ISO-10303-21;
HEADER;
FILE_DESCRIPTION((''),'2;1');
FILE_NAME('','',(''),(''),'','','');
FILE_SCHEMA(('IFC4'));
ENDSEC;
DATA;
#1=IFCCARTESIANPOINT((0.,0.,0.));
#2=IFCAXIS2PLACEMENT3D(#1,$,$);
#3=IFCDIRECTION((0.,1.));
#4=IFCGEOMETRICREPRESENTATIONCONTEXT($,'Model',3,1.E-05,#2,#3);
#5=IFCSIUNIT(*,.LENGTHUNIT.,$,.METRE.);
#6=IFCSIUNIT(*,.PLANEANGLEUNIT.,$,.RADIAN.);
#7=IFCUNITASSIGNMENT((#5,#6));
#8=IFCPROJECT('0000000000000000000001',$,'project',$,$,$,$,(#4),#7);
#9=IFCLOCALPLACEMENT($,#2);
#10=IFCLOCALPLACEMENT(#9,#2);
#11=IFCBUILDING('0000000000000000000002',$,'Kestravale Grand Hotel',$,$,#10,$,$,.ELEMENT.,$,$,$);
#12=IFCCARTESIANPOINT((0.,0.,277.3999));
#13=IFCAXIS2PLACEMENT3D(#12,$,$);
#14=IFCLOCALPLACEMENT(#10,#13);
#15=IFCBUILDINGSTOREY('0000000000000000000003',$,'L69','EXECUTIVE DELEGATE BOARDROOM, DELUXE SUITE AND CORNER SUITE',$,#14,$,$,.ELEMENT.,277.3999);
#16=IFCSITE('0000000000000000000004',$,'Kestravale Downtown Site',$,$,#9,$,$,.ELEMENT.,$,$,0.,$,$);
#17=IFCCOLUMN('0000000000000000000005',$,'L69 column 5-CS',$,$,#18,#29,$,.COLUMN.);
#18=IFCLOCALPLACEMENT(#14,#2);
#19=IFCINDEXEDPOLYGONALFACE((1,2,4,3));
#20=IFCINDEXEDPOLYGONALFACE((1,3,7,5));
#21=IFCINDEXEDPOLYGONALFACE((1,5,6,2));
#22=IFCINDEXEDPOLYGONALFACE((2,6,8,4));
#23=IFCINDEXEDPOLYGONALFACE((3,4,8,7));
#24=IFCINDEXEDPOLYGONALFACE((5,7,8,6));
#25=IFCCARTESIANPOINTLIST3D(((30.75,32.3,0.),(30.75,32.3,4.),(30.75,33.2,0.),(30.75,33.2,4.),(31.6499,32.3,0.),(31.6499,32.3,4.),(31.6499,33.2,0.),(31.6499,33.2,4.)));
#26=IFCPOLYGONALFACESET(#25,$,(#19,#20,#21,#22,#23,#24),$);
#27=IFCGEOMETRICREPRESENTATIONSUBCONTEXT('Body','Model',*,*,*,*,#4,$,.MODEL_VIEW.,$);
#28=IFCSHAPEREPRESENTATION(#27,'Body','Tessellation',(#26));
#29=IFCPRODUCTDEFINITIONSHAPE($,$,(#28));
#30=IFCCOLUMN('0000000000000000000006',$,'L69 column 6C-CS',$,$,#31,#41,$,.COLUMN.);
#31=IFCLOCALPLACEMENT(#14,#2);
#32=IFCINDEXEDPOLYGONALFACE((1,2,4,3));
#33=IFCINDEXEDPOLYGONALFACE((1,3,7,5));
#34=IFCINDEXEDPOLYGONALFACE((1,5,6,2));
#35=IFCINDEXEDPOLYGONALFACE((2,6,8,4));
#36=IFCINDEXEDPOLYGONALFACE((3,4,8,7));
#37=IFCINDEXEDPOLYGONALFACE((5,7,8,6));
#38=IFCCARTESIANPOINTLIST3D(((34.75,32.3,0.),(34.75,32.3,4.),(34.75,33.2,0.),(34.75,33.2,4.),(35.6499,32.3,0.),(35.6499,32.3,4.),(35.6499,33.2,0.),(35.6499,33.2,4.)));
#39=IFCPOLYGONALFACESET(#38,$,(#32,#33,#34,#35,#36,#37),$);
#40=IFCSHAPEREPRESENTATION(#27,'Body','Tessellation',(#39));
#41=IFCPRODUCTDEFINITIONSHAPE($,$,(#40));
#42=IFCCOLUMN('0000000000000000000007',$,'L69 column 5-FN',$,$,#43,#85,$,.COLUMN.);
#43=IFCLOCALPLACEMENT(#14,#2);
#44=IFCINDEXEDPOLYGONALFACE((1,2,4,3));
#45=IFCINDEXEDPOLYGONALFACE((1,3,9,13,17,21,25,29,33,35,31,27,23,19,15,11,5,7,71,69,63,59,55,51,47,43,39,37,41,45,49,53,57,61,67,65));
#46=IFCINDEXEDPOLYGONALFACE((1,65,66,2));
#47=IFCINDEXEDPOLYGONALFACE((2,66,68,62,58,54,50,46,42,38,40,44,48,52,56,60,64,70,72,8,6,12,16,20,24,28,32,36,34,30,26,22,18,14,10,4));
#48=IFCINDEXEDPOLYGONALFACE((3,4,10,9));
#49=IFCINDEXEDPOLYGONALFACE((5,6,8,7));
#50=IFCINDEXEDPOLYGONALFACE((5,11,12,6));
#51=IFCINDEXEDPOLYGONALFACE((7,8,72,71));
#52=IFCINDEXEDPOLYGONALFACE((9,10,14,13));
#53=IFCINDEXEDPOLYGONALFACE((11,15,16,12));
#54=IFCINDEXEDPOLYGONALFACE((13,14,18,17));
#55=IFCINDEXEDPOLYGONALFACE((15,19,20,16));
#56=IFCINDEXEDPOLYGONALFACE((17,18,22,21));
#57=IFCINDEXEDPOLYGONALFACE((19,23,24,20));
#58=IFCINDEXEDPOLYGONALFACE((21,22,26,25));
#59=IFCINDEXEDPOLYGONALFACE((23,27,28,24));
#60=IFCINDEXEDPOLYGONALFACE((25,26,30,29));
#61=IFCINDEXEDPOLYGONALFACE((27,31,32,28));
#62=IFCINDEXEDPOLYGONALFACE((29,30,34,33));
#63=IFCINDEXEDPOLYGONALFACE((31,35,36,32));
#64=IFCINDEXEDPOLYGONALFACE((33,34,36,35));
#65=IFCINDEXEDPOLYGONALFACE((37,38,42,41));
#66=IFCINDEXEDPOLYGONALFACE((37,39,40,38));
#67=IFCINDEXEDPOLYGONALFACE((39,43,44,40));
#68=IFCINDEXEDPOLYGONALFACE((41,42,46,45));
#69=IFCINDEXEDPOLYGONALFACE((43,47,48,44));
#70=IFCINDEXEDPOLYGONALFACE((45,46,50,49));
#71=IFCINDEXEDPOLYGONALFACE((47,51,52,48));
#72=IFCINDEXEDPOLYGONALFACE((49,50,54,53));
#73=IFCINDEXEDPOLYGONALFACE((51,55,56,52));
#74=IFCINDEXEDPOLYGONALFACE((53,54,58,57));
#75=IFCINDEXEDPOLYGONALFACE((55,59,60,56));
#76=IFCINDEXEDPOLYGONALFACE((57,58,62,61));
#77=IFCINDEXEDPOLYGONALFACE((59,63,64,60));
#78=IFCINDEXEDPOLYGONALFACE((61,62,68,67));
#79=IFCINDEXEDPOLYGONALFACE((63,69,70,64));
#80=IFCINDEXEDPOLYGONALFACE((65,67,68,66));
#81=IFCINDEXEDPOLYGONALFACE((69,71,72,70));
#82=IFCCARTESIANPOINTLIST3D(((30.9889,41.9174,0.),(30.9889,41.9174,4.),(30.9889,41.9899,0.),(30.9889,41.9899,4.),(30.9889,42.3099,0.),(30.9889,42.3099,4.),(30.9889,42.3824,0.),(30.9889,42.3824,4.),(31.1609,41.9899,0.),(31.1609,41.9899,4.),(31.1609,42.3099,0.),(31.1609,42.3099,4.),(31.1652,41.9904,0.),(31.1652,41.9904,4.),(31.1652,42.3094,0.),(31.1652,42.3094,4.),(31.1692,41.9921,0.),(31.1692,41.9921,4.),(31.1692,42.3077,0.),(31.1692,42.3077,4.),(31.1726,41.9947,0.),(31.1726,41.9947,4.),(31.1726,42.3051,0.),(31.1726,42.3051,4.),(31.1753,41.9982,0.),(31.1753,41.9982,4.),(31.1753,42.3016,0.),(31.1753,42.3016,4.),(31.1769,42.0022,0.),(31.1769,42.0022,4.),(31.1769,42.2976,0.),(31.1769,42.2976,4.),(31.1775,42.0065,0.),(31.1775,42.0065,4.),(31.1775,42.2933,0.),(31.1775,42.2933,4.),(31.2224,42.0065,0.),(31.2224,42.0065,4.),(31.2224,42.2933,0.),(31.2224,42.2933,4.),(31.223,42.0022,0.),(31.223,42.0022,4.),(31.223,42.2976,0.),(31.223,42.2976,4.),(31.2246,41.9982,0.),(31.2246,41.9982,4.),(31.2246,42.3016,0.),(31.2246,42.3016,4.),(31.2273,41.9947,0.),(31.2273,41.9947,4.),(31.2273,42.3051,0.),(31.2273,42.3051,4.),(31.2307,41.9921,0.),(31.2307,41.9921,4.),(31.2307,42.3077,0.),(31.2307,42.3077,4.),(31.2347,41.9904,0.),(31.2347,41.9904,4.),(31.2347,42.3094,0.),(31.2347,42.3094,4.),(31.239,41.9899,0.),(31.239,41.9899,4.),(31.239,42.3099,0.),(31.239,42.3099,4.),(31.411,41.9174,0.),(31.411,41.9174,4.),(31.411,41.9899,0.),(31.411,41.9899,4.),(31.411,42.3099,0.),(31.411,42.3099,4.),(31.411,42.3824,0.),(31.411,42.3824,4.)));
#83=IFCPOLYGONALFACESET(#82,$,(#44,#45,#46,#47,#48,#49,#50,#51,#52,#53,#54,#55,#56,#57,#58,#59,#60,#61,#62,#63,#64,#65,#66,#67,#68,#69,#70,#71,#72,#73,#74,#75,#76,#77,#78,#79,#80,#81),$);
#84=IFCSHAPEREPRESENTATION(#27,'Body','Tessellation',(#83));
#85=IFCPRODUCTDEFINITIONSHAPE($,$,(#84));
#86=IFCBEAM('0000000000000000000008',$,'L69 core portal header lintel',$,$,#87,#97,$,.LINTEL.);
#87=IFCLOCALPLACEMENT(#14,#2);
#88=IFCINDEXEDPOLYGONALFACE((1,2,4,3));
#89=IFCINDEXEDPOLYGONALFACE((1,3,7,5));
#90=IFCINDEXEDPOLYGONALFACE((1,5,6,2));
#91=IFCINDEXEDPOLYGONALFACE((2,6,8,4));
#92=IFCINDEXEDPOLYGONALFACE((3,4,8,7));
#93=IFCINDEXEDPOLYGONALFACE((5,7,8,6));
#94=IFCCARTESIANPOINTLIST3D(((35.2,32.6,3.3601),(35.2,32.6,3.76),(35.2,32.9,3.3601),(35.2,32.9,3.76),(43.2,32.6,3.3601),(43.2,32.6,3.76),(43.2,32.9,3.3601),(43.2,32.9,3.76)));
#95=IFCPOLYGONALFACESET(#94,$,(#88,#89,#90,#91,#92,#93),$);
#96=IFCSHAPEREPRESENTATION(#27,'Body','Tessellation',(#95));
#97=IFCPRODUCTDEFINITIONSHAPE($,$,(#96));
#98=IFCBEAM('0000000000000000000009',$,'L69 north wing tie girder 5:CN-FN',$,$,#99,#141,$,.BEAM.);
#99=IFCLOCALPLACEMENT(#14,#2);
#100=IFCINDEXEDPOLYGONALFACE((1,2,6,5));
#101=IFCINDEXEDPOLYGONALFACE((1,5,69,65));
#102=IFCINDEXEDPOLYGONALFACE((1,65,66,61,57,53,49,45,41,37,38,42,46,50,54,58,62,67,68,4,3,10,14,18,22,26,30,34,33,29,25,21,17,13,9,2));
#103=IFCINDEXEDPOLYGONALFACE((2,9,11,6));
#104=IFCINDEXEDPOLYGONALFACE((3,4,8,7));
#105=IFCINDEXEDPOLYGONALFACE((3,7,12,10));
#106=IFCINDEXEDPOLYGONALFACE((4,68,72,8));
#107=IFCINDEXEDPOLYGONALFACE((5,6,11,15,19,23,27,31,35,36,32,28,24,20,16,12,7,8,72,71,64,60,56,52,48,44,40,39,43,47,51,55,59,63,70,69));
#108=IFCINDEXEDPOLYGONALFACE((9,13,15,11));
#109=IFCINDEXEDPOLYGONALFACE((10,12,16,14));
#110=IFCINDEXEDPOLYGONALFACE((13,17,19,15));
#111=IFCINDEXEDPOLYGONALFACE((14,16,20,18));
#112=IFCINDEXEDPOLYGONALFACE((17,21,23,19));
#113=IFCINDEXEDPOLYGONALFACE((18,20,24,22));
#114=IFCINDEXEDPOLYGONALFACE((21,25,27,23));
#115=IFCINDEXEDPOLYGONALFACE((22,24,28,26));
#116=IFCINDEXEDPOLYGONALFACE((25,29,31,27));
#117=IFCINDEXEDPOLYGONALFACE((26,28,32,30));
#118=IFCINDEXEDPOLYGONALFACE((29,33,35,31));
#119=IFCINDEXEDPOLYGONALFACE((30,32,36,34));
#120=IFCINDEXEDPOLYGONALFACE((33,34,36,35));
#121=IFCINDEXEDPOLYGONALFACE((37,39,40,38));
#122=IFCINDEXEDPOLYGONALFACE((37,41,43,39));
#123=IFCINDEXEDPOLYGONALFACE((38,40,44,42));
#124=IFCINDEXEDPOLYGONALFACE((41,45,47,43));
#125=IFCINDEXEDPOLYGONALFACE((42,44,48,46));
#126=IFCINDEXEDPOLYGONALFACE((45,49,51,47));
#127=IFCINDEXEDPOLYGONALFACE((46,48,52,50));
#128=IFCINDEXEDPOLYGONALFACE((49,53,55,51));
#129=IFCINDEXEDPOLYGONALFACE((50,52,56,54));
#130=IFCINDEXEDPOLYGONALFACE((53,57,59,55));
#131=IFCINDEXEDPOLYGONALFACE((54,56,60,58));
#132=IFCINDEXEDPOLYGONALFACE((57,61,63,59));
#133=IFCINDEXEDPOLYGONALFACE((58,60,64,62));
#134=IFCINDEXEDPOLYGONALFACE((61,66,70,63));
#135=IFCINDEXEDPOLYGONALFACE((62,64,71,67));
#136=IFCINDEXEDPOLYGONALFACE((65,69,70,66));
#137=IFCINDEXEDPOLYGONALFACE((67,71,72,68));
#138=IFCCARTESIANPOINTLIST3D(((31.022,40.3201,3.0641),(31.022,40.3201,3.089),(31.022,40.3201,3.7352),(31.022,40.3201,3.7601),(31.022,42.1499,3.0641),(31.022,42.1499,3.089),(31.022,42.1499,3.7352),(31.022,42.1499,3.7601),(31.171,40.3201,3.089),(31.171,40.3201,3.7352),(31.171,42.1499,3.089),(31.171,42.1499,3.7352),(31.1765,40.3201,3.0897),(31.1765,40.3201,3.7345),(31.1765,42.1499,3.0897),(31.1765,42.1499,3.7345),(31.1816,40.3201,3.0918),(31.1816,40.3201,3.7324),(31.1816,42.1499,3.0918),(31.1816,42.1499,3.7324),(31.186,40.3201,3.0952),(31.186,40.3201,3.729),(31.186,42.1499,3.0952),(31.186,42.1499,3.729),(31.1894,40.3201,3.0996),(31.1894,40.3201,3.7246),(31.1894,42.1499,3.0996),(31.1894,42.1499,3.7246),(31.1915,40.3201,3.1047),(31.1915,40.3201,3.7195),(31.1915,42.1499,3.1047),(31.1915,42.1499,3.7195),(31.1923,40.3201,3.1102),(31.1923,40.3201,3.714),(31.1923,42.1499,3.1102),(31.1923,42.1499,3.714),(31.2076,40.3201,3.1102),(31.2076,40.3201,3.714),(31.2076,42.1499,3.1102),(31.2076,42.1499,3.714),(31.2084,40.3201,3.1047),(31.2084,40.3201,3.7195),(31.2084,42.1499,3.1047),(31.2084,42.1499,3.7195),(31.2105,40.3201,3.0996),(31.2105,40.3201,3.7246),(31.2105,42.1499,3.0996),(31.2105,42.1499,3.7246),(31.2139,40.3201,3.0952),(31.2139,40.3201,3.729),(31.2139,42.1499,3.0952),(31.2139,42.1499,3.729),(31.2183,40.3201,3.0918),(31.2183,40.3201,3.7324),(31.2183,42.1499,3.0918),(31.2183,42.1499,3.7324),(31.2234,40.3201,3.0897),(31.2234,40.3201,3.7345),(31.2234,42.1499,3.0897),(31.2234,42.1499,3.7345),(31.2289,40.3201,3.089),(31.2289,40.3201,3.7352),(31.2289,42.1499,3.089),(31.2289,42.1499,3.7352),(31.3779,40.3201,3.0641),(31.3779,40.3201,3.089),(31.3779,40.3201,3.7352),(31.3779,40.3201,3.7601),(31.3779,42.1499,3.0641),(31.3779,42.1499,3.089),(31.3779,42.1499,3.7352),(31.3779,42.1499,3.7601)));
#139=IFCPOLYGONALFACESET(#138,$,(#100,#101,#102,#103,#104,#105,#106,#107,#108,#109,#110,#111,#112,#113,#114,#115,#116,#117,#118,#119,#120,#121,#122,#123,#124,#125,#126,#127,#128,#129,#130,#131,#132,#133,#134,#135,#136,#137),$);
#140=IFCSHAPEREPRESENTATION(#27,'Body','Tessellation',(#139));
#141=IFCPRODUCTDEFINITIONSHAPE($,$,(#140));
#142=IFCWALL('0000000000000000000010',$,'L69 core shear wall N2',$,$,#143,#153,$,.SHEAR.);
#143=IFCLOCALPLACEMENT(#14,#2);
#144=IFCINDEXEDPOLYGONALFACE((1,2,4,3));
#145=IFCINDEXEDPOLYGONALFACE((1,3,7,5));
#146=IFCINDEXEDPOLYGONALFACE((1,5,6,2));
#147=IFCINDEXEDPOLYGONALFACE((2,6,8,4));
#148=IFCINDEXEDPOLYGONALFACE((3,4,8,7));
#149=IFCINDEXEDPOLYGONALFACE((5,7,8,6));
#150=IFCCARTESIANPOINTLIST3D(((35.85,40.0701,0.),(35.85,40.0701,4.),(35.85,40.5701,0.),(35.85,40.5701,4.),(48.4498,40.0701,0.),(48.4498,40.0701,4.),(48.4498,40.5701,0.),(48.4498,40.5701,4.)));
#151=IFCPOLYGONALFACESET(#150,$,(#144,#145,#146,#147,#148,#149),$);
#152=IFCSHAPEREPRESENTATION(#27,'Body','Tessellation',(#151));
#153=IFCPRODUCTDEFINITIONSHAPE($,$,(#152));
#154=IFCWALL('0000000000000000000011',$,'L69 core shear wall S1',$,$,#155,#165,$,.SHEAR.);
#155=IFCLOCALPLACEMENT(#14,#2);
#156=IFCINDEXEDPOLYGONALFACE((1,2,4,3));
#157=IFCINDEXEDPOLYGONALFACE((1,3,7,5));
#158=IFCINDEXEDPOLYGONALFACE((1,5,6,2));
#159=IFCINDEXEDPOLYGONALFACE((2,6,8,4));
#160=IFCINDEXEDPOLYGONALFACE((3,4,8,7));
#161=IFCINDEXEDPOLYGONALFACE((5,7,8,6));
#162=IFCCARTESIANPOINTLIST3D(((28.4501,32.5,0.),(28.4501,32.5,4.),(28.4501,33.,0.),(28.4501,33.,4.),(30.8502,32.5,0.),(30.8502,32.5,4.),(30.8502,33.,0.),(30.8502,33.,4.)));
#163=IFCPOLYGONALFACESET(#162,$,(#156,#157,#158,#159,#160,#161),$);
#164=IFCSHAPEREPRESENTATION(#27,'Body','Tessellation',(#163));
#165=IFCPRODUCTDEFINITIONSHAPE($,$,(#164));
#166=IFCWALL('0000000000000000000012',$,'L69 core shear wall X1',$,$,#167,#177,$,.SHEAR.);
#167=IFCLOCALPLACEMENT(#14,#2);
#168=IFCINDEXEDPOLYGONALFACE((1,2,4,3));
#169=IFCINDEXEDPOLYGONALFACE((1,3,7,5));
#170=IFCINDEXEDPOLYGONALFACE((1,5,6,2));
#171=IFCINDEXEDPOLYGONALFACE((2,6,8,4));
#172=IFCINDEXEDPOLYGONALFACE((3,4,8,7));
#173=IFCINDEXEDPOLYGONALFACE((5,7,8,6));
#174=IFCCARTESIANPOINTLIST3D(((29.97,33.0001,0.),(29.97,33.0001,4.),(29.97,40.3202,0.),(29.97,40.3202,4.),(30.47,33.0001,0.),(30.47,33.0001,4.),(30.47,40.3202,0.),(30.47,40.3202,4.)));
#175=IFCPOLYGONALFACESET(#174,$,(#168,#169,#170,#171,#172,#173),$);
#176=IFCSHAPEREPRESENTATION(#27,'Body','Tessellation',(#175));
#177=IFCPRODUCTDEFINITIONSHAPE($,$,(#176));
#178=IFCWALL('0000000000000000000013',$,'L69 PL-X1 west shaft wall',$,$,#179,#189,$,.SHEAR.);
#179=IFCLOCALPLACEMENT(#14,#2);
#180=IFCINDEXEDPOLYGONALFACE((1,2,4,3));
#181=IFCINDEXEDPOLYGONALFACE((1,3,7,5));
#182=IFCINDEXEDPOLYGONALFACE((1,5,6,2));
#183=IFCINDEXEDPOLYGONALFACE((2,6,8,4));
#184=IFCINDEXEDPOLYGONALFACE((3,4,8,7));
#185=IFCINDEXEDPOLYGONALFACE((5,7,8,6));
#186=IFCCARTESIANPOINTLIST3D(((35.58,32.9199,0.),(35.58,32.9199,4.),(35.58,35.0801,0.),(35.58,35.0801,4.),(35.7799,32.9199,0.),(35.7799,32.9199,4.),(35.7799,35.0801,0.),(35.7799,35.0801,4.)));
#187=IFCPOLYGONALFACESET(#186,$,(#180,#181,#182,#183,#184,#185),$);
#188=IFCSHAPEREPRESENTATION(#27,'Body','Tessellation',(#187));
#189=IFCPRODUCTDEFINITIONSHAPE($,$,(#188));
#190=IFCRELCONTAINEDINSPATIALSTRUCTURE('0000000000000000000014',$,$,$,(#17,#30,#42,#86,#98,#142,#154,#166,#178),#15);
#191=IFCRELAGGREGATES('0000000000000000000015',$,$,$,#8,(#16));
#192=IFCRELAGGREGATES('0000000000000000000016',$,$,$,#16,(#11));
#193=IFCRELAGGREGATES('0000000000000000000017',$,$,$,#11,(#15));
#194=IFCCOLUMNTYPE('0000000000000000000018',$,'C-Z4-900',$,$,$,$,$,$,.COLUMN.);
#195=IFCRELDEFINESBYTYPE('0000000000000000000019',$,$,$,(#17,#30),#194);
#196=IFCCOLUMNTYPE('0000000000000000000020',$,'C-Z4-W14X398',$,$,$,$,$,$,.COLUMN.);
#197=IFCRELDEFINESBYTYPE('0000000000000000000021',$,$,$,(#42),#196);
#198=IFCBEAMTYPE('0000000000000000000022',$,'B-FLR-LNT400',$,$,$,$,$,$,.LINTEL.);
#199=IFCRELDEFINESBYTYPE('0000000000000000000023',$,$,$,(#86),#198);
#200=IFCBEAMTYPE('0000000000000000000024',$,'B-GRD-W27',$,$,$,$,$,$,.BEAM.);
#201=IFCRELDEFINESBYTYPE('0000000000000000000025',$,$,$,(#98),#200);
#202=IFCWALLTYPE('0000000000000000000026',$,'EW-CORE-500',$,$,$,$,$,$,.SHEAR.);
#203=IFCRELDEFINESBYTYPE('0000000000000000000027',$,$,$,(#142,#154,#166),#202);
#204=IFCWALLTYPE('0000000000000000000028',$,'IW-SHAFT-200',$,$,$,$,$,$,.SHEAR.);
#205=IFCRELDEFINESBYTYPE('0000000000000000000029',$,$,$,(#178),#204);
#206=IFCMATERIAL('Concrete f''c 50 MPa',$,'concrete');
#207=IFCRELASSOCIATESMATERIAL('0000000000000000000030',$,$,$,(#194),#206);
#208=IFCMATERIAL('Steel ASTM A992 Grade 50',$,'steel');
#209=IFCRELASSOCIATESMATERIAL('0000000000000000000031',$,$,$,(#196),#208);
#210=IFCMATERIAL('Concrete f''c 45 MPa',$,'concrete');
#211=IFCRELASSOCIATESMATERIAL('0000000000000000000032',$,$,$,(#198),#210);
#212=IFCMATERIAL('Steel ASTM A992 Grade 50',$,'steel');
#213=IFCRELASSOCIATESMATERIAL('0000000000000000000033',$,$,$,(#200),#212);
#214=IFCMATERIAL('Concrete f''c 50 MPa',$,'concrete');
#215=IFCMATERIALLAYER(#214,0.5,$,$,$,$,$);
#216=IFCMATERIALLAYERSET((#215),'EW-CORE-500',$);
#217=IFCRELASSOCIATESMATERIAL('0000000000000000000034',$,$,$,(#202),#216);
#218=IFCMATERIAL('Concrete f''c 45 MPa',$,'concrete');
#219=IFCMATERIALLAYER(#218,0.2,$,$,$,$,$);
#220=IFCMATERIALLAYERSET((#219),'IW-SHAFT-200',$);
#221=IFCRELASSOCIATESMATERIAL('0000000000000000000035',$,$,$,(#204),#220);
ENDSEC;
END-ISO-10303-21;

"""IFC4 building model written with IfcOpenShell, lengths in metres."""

from ifc_helpers import new_model, si_unit, direction, frame, frame_2d, origin, origin_2d, place, context, subcontext, project, spatial, rectangle, i_section, extrude, material, layer, layer_set, material_profile, profile_set, type_object, element, save


model = new_model("IFC4")

# Units and contexts
model_context = context("Model", 3, precision=1e-05, world=origin(), true_north=direction((0.0, 1.0)))
body_context = subcontext(model_context, "Body", "Model", "MODEL_VIEW")
ifc_project = project(units=[si_unit("LENGTHUNIT", "METRE"), si_unit("PLANEANGLEUNIT", "RADIAN")], contexts=[model_context])

# Site, building, storey
site_placement = place(None, origin())
site = spatial("IfcSite", under=ifc_project, at=site_placement, Name="Kestravale Downtown Site", CompositionType="ELEMENT", RefElevation=0.0)
building_placement = place(site_placement, origin())
building = spatial("IfcBuilding", under=site, at=building_placement, Name="Kestravale Grand Hotel", CompositionType="ELEMENT")
storey_placement = place(building_placement, frame((0.0, 0.0, 277.3999)))
storey = spatial("IfcBuildingStorey", under=building, at=storey_placement, Name="L69", Description="EXECUTIVE DELEGATE BOARDROOM, DELUXE SUITE AND CORNER SUITE", CompositionType="ELEMENT", Elevation=277.3999)

# Columns
ifc_material_1 = material(Name="Concrete f'c 50 MPa", Category="concrete")
ifc_material_profile_1 = material_profile(ifc_material_1, rectangle(XDim=0.8999, YDim=0.8999, at=origin_2d()))
ifc_profile_set_1 = profile_set([ifc_material_profile_1], Name="Concrete f'c 50 MPa")
column_type_1 = type_object("IfcColumnType", Name="C-Z4-900", PredefinedType="COLUMN", material=ifc_profile_set_1)
for number, where, z_axis, x_axis, name in (
    (1, (31.2, 32.75, 0.0), (0.0, 0.0, 1.0), (1.0, 0.0, 0.0), "L69 column 5-CS"),
    (2, (35.2, 32.75, 0.0), (0.0, 0.0, 1.0), (1.0, 0.0, 0.0), "L69 column 6C-CS"),
):
    element("IfcColumn", number, at=place(storey_placement, frame(where, z_axis=z_axis, x_axis=x_axis)), inside=storey, type_object=column_type_1, Name=name, PredefinedType="COLUMN", context=body_context, shape_type="SweptSolid", body=[
        extrude(rectangle(XDim=0.8999, YDim=0.8999, at=origin_2d()), origin(), (0.0, 0.0, 1.0), 4.0),
    ])
ifc_material_2 = material(Name="Steel ASTM A992 Grade 50", Category="steel")
ifc_material_profile_2 = material_profile(ifc_material_2, i_section(OverallWidth=0.4221, OverallDepth=0.4651, WebThickness=0.0449, FlangeThickness=0.0725, FilletRadius=0.0166, at=origin_2d()))
ifc_profile_set_2 = profile_set([ifc_material_profile_2], Name="Steel ASTM A992 Grade 50")
column_type_2 = type_object("IfcColumnType", Name="C-Z4-W14X398", PredefinedType="COLUMN", material=ifc_profile_set_2)
column_placement = place(storey_placement, frame((31.2, 42.1499, 0.0), z_axis=(0.0, 0.0, 1.0), x_axis=(1.0, 0.0, 0.0)))
element("IfcColumn", 3, at=column_placement, inside=storey, type_object=column_type_2, Name="L69 column 5-FN", PredefinedType="COLUMN", context=body_context, shape_type="SweptSolid", body=[
    extrude(i_section(OverallWidth=0.4221, OverallDepth=0.4651, WebThickness=0.0449, FlangeThickness=0.0725, FilletRadius=0.0166, at=origin_2d()), origin(), (0.0, 0.0, 1.0), 4.0),
])

# Beams
ifc_material_3 = material(Name="Concrete f'c 45 MPa", Category="concrete")
ifc_material_profile_3 = material_profile(ifc_material_3, rectangle(XDim=0.3, YDim=0.3999, at=origin_2d()))
ifc_profile_set_3 = profile_set([ifc_material_profile_3], Name="Concrete f'c 45 MPa")
beam_type_1 = type_object("IfcBeamType", Name="B-FLR-LNT400", PredefinedType="LINTEL", material=ifc_profile_set_3)
beam_1_placement = place(storey_placement, frame((35.2, 32.75, 3.5601), z_axis=(1.0, 0.0, 0.0), x_axis=(0.0, 1.0, 0.0)))
element("IfcBeam", 4, at=beam_1_placement, inside=storey, type_object=beam_type_1, Name="L69 core portal header lintel", PredefinedType="LINTEL", context=body_context, shape_type="SweptSolid", body=[
    extrude(rectangle(XDim=0.3, YDim=0.3999, at=origin_2d()), origin(), (0.0, 0.0, 1.0), 8.0),
])
ifc_material_4 = material(Name="Steel ASTM A992 Grade 50", Category="steel")
ifc_material_profile_4 = material_profile(ifc_material_4, i_section(OverallWidth=0.356, OverallDepth=0.696, WebThickness=0.0154, FlangeThickness=0.0249, FilletRadius=0.0212, at=origin_2d()))
ifc_profile_set_4 = profile_set([ifc_material_profile_4], Name="Steel ASTM A992 Grade 50")
beam_type_2 = type_object("IfcBeamType", Name="B-GRD-W27", PredefinedType="BEAM", material=ifc_profile_set_4)
beam_2_placement = place(storey_placement, frame((31.2, 40.3201, 3.4121), z_axis=(0.0, 1.0, 0.0), x_axis=(-1.0, 0.0, 0.0)))
element("IfcBeam", 5, at=beam_2_placement, inside=storey, type_object=beam_type_2, Name="L69 north wing tie girder 5:CN-FN", PredefinedType="BEAM", context=body_context, shape_type="SweptSolid", body=[
    extrude(i_section(OverallWidth=0.356, OverallDepth=0.696, WebThickness=0.0154, FlangeThickness=0.0249, FilletRadius=0.0212, at=origin_2d()), origin(), (0.0, 0.0, 1.0), 1.8298),
])

# Walls
ifc_material_5 = material(Name="Concrete f'c 50 MPa", Category="concrete")
ifc_layer_1 = layer(ifc_material_5, 0.5)
ifc_layer_set_1 = layer_set([ifc_layer_1], Name="EW-CORE-500")
wall_type_1 = type_object("IfcWallType", Name="EW-CORE-500", PredefinedType="SHEAR", material=ifc_layer_set_1)
wall_1_placement = place(storey_placement, frame((35.8501, 40.3201, 0.0), z_axis=(0.0, 0.0, 1.0), x_axis=(1.0, 0.0, 0.0)))
element("IfcWall", 6, at=wall_1_placement, inside=storey, type_object=wall_type_1, Name="L69 core shear wall N2", PredefinedType="SHEAR", context=body_context, shape_type="SweptSolid", body=[
    extrude(rectangle(XDim=12.5999, YDim=0.5, at=frame_2d((6.2998, 0.0))), origin(), (0.0, 0.0, 1.0), 4.0),
])
wall_2_placement = place(storey_placement, frame((28.45, 32.75, 0.0), z_axis=(0.0, 0.0, 1.0), x_axis=(1.0, 0.0, 0.0)))
element("IfcWall", 7, at=wall_2_placement, inside=storey, type_object=wall_type_1, Name="L69 core shear wall S1", PredefinedType="SHEAR", context=body_context, shape_type="SweptSolid", body=[
    extrude(rectangle(XDim=2.4001, YDim=0.5, at=frame_2d((1.2002, 0.0))), origin(), (0.0, 0.0, 1.0), 4.0),
])
wall_3_placement = place(storey_placement, frame((30.22, 33.0, 0.0), z_axis=(0.0, 0.0, 1.0), x_axis=(0.0, 1.0, 0.0)))
element("IfcWall", 8, at=wall_3_placement, inside=storey, type_object=wall_type_1, Name="L69 core shear wall X1", PredefinedType="SHEAR", context=body_context, shape_type="SweptSolid", body=[
    extrude(rectangle(XDim=7.3201, YDim=0.5, at=frame_2d((3.6602, 0.0))), origin(), (0.0, 0.0, 1.0), 4.0),
])

# Wall
ifc_material_6 = material(Name="Concrete f'c 45 MPa", Category="concrete")
ifc_layer_2 = layer(ifc_material_6, 0.2)
ifc_layer_set_2 = layer_set([ifc_layer_2], Name="IW-SHAFT-200")
wall_type_2 = type_object("IfcWallType", Name="IW-SHAFT-200", PredefinedType="SHEAR", material=ifc_layer_set_2)
wall_4_placement = place(storey_placement, frame((35.6799, 32.9199, 0.0), z_axis=(0.0, 0.0, 1.0), x_axis=(0.0, 1.0, 0.0)))
element("IfcWall", 9, at=wall_4_placement, inside=storey, type_object=wall_type_2, Name="L69 PL-X1 west shaft wall", PredefinedType="SHEAR", context=body_context, shape_type="SweptSolid", body=[
    extrude(rectangle(XDim=2.1602, YDim=0.2, at=frame_2d((1.0801, 0.0))), origin(), (0.0, 0.0, 1.0), 4.0),
])

save(model, "model.ifc")
